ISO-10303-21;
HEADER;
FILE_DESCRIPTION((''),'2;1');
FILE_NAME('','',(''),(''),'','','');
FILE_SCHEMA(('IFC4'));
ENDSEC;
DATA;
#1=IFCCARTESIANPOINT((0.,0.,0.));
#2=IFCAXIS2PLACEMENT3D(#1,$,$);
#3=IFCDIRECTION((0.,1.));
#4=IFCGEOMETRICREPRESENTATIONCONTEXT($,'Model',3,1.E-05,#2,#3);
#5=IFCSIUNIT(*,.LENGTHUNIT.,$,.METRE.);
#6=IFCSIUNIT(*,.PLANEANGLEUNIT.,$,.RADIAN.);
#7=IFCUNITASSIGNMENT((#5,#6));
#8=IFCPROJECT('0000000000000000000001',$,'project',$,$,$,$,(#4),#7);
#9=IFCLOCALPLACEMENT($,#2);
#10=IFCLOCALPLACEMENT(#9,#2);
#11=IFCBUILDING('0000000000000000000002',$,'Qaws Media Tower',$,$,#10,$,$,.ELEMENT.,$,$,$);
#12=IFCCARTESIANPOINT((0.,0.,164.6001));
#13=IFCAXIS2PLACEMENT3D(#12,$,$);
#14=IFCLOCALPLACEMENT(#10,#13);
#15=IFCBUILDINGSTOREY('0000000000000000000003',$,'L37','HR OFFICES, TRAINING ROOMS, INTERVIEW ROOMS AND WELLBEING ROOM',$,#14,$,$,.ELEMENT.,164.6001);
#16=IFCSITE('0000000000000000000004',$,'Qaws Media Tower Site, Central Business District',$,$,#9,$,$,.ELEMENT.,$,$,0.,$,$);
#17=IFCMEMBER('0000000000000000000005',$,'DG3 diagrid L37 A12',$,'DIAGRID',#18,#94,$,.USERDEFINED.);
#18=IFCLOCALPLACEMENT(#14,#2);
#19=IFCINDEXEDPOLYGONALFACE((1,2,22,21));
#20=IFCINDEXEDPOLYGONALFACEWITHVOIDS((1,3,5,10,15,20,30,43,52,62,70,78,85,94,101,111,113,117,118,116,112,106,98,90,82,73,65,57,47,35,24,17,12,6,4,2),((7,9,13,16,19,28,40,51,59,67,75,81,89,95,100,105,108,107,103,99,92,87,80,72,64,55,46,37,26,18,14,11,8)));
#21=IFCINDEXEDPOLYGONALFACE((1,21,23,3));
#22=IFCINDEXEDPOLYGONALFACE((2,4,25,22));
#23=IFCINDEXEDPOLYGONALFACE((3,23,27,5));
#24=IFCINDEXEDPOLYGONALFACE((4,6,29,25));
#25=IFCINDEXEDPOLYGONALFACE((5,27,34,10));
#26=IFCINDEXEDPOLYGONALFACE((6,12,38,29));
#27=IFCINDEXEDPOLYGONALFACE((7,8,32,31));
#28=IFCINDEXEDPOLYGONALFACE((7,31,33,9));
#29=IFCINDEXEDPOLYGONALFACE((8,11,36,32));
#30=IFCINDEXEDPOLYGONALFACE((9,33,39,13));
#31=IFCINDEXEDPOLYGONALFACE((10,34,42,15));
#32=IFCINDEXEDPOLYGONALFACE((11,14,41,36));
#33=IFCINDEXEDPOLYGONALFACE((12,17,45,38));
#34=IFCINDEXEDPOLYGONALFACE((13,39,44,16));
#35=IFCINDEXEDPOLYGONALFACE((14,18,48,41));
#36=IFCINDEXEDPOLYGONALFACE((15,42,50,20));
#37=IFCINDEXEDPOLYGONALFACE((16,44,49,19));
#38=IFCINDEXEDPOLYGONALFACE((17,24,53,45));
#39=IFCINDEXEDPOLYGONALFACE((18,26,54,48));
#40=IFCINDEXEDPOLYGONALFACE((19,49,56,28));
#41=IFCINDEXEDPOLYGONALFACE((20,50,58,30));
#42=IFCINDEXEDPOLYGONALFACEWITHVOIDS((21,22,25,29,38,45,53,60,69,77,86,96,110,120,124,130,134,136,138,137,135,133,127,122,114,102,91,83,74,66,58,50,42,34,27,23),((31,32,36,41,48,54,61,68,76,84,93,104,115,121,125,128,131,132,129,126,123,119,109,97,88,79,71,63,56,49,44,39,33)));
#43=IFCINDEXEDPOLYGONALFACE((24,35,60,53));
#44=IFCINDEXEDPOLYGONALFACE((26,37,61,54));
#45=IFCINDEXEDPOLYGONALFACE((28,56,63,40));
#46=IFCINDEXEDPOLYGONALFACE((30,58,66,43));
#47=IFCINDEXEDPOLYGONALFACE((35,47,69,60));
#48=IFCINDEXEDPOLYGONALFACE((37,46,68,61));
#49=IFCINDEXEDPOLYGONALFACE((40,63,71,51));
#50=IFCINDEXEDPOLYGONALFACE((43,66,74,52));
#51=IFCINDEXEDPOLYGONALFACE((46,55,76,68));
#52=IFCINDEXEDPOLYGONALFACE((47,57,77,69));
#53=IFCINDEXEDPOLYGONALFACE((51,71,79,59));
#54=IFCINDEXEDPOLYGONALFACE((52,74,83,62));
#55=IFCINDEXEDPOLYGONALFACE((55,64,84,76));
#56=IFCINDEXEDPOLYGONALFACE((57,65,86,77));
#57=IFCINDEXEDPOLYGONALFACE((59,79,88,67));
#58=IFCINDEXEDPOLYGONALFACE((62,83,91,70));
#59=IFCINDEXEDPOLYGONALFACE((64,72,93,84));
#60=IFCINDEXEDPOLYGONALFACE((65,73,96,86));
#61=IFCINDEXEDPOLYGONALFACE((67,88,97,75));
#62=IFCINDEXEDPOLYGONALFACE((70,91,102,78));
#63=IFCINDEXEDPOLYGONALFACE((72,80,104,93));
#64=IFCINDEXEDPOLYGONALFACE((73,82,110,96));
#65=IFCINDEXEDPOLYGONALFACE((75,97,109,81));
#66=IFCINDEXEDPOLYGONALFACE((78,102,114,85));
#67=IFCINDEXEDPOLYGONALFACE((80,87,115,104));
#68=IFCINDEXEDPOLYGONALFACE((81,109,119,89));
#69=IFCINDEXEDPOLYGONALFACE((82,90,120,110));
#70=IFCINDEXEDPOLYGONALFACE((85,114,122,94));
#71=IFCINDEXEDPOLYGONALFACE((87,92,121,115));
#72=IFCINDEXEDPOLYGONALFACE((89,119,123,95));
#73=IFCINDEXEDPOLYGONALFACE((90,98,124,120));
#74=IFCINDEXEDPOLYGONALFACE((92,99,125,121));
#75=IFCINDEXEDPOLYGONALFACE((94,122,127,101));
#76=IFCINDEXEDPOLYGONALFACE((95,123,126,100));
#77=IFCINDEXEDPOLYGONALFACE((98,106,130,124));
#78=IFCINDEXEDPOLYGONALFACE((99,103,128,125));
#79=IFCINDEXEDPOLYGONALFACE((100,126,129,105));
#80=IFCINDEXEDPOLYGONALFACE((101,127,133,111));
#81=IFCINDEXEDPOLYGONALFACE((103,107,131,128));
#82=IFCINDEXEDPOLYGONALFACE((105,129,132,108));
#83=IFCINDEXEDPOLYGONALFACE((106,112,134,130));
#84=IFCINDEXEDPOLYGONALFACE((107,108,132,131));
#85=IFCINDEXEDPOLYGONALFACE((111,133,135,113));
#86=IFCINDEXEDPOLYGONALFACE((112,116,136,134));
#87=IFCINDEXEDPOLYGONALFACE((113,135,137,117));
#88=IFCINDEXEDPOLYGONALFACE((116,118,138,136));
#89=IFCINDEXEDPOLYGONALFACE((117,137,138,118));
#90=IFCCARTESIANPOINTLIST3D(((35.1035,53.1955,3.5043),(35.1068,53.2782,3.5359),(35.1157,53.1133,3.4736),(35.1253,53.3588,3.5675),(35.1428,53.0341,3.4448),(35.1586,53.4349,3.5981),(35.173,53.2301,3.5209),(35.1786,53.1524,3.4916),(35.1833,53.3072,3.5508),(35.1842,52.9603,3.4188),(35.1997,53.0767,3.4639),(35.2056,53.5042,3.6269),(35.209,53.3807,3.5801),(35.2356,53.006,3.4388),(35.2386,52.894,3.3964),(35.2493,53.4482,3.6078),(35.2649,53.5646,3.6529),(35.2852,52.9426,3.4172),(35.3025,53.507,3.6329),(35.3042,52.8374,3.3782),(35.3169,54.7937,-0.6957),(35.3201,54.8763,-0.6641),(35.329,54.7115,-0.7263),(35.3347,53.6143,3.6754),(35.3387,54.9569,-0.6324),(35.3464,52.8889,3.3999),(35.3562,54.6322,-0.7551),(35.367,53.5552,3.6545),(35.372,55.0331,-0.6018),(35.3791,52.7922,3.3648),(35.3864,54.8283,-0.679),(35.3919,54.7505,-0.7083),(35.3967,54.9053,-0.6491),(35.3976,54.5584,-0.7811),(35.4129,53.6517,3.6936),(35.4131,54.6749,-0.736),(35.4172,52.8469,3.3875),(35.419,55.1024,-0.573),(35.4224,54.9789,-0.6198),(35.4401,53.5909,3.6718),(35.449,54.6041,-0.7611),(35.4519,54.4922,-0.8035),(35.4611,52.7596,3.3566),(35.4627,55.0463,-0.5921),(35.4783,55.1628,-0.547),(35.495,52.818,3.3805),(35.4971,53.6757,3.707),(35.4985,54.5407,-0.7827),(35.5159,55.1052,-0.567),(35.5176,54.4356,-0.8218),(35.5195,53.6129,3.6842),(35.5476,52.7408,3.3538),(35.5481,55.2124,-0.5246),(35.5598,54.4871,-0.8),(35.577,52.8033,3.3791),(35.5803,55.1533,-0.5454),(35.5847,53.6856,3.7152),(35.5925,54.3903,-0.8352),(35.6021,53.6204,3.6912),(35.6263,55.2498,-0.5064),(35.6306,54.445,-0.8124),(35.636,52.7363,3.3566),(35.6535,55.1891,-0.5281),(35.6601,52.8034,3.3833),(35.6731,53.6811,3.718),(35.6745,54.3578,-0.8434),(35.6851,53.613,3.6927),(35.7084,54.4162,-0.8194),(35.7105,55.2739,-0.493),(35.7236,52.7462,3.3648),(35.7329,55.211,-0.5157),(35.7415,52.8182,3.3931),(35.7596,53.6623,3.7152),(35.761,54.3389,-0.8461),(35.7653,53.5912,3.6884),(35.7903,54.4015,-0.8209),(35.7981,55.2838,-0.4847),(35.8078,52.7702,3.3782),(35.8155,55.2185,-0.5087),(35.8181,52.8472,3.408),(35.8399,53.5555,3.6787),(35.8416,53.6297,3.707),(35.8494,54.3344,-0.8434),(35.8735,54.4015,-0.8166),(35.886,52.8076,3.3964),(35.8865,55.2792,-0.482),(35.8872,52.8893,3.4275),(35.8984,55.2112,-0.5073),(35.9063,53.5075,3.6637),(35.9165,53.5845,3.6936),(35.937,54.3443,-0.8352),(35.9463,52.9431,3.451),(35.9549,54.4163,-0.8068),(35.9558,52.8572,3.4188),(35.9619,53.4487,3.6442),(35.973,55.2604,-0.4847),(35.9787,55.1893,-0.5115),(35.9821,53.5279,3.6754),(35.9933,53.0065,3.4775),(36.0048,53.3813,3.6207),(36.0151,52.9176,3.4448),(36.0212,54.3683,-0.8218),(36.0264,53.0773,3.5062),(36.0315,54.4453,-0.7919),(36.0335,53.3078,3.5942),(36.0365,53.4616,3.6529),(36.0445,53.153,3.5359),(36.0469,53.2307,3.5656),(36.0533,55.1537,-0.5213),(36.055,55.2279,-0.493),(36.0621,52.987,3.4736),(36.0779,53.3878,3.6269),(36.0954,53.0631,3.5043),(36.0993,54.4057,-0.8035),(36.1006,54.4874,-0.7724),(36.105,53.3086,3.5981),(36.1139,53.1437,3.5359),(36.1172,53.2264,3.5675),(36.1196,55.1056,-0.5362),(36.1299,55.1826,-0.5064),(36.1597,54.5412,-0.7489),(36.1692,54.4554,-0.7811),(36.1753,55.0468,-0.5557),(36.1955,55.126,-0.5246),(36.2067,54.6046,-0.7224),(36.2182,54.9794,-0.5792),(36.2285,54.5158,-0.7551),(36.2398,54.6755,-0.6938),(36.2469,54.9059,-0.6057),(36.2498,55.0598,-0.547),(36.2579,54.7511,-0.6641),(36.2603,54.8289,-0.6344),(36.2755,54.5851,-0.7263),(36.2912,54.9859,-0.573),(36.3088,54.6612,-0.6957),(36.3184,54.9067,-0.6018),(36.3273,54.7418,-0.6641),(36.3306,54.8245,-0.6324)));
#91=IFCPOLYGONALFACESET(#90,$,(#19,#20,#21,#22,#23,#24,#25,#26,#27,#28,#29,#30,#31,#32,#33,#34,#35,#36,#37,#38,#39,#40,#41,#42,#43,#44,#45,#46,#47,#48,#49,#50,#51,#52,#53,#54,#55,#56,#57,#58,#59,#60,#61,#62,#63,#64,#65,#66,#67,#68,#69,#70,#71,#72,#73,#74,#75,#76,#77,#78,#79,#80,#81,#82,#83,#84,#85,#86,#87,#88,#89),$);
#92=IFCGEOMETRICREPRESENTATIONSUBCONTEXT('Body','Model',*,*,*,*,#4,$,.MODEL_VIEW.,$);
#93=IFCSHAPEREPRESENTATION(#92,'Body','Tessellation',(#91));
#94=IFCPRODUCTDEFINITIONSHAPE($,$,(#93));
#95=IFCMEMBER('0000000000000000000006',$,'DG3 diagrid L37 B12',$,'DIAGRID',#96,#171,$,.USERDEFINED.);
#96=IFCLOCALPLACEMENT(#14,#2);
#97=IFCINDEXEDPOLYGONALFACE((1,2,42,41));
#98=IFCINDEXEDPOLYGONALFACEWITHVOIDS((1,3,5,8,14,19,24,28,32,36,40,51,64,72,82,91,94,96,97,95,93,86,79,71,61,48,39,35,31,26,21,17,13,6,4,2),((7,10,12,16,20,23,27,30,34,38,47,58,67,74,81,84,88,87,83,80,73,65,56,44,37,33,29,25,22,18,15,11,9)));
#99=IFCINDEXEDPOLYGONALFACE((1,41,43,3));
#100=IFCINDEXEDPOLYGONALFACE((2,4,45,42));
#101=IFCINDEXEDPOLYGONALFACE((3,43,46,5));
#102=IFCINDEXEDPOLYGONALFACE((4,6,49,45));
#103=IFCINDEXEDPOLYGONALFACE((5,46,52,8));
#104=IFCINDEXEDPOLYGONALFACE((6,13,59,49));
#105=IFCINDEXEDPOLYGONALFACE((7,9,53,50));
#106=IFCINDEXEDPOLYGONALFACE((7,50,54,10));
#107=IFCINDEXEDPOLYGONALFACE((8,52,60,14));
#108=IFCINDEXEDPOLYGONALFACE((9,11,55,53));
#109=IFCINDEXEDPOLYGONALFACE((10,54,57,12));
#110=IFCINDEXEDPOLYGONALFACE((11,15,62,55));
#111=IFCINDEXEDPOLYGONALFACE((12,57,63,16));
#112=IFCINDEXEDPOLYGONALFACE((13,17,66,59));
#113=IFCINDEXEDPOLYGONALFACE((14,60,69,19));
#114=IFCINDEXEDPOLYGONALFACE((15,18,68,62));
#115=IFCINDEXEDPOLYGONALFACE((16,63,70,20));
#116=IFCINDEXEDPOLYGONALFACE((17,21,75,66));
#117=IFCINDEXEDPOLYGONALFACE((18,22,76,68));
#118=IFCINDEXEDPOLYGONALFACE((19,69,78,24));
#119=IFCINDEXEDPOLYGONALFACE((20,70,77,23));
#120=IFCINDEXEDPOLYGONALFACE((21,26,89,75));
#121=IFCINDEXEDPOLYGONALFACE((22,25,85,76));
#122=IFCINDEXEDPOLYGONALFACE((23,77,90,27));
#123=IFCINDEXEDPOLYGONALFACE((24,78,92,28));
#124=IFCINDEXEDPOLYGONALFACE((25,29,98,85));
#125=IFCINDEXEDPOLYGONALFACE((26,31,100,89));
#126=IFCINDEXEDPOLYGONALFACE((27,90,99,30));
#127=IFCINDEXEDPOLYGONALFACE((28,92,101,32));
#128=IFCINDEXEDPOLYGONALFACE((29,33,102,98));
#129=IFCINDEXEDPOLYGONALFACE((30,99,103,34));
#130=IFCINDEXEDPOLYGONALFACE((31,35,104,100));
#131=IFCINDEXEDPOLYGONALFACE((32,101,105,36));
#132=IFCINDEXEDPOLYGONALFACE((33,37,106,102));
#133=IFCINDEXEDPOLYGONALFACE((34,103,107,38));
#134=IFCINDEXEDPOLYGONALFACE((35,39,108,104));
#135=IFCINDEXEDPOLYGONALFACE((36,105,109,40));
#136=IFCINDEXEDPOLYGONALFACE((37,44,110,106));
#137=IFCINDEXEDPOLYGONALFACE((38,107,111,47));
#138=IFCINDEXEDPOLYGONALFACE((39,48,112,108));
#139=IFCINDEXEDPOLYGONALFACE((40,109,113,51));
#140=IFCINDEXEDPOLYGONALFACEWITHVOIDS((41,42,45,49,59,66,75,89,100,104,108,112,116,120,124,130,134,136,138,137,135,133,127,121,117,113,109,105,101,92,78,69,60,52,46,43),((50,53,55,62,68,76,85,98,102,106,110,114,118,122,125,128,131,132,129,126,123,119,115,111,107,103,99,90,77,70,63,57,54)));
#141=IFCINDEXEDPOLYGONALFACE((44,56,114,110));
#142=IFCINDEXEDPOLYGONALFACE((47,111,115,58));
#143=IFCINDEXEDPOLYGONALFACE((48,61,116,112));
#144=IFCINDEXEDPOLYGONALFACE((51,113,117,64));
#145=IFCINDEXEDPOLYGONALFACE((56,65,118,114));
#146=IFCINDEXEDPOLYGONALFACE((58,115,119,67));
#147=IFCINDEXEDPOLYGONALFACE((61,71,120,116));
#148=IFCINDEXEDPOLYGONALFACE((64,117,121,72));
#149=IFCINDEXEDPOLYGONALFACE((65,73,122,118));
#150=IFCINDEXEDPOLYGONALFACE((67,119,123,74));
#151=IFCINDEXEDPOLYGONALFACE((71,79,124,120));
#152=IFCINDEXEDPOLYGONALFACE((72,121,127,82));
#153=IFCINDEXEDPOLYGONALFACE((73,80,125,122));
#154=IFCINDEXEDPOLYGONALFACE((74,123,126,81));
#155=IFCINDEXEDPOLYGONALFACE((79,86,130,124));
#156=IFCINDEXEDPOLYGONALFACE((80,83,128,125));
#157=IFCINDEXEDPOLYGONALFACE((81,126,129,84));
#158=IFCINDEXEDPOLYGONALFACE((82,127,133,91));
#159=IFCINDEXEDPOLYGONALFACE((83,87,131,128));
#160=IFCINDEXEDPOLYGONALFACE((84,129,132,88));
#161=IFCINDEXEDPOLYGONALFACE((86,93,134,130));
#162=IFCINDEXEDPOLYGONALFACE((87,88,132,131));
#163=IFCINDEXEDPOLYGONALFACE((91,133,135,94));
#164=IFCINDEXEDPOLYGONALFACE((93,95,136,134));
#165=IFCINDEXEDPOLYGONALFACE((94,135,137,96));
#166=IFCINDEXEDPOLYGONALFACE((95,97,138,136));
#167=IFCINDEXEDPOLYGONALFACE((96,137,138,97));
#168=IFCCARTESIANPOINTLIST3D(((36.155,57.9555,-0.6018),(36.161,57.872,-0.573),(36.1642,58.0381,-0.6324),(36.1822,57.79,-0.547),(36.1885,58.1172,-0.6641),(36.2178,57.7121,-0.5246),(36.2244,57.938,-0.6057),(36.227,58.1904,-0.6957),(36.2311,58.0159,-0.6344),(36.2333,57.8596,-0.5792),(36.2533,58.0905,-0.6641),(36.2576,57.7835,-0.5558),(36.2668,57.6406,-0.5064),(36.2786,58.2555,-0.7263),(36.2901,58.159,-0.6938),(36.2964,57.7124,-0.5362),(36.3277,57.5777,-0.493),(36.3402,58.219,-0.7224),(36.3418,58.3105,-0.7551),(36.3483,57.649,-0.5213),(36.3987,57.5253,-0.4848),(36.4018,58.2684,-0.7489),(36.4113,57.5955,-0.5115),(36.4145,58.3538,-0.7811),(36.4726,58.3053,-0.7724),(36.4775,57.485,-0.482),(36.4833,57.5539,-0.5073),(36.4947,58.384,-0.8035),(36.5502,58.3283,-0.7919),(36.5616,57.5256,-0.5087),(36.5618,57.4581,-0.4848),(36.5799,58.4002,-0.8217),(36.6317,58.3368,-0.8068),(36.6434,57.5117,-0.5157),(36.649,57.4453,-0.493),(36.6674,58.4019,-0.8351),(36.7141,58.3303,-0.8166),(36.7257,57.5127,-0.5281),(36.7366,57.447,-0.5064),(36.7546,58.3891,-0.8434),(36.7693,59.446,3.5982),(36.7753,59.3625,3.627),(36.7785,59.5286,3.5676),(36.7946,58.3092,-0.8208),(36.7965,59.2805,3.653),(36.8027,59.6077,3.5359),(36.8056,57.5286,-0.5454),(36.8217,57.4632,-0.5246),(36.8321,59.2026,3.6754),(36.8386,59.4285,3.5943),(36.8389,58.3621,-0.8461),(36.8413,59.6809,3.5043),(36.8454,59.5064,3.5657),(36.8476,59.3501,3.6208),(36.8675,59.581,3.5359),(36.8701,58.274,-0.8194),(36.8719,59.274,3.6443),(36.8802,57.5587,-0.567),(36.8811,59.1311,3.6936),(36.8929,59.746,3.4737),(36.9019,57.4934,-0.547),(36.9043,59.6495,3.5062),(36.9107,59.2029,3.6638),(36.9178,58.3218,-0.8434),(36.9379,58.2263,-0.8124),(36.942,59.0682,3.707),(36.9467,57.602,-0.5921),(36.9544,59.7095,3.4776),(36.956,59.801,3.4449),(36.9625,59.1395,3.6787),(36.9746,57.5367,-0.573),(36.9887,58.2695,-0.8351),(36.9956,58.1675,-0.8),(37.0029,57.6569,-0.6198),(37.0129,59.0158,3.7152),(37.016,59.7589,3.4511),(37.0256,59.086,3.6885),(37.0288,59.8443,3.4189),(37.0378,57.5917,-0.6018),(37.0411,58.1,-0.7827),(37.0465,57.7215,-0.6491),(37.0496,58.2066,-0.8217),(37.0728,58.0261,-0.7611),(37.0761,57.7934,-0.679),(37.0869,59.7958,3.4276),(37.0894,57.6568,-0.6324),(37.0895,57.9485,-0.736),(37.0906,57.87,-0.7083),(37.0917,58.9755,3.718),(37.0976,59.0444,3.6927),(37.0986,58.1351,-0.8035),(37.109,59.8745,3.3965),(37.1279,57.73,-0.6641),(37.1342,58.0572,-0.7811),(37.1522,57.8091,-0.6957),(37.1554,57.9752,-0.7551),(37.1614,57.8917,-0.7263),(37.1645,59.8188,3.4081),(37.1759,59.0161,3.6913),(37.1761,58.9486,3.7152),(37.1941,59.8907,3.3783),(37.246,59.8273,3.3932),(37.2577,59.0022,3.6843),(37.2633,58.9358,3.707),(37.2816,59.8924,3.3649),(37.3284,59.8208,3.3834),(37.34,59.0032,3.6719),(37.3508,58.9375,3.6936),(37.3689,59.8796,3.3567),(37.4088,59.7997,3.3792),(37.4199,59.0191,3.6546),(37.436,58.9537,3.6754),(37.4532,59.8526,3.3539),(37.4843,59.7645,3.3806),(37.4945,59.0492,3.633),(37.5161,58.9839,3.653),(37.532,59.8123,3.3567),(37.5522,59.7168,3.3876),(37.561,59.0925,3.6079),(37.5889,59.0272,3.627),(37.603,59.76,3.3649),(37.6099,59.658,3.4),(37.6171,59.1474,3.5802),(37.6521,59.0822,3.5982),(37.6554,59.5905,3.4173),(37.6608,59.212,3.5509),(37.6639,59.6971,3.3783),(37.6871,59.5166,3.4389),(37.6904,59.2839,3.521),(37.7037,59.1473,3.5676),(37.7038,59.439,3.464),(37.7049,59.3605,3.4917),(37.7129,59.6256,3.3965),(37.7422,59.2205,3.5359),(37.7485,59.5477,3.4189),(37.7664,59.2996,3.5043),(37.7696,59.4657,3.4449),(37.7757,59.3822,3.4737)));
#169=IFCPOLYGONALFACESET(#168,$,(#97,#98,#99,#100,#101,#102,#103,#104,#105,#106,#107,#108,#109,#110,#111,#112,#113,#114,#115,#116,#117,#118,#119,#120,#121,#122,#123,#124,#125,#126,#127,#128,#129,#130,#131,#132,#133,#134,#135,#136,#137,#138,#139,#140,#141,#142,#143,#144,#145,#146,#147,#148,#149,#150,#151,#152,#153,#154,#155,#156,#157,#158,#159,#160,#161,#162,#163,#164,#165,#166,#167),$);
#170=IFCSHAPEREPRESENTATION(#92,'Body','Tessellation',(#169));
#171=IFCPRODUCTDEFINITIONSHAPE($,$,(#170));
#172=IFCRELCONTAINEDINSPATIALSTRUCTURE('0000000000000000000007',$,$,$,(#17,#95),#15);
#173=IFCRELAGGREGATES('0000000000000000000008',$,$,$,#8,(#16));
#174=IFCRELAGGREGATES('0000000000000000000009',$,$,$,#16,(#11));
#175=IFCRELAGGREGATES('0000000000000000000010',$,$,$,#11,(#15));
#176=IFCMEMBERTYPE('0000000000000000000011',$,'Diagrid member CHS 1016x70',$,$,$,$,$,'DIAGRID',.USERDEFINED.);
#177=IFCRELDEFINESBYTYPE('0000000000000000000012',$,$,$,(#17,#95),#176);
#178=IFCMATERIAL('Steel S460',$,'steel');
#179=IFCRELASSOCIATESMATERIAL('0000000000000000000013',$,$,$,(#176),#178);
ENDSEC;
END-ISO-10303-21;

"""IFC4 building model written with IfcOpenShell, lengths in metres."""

from ifc_helpers import new_model, si_unit, direction, frame, origin, origin_2d, place, context, subcontext, project, spatial, hollow_circle, extrude, material, material_profile, profile_set, type_object, element, save


model = new_model("IFC4")

# Units and contexts
model_context = context("Model", 3, precision=1e-05, world=origin(), true_north=direction((0.0, 1.0)))
body_context = subcontext(model_context, "Body", "Model", "MODEL_VIEW")
ifc_project = project(units=[si_unit("LENGTHUNIT", "METRE"), si_unit("PLANEANGLEUNIT", "RADIAN")], contexts=[model_context])

# Site, building, storey
site_placement = place(None, origin())
site = spatial("IfcSite", under=ifc_project, at=site_placement, Name="Qaws Media Tower Site, Central Business District", CompositionType="ELEMENT", RefElevation=0.0)
building_placement = place(site_placement, origin())
building = spatial("IfcBuilding", under=site, at=building_placement, Name="Qaws Media Tower", CompositionType="ELEMENT")
storey_placement = place(building_placement, frame((0.0, 0.0, 164.6001)))
storey = spatial("IfcBuildingStorey", under=building, at=storey_placement, Name="L37", Description="HR OFFICES, TRAINING ROOMS, INTERVIEW ROOMS AND WELLBEING ROOM", CompositionType="ELEMENT", Elevation=164.6001)

# Members
ifc_material_1 = material(Name="Steel S460", Category="steel")
ifc_material_profile_1 = material_profile(ifc_material_1, hollow_circle(Radius=0.5081, WallThickness=0.0701, at=origin_2d()), Name="CHS 1016x70")
ifc_profile_set_1 = profile_set([ifc_material_profile_1], Name="Steel S460")
member_type_1 = type_object("IfcMemberType", Name="Diagrid member CHS 1016x70", ElementType="DIAGRID", PredefinedType="USERDEFINED", material=ifc_profile_set_1)
for number, where, z_axis, x_axis, name in (
    (1, (35.8237, 54.8091, -0.6641), (-0.04743, -0.355238, 0.933572), (0.991204, -0.132342, 0.0), "DG3 diagrid L37 A12"),
    (2, (36.6582, 57.9236, -0.6641), (0.136541, 0.331312, 0.933589), (-0.924562, 0.381032, 0.0), "DG3 diagrid L37 B12"),
):
    element("IfcMember", number, at=place(storey_placement, frame(where, z_axis=z_axis, x_axis=x_axis)), inside=storey, type_object=member_type_1, Name=name, ObjectType="DIAGRID", PredefinedType="USERDEFINED", context=body_context, shape_type="SweptSolid", body=[
        extrude(hollow_circle(Radius=0.5081, WallThickness=0.0701, at=origin_2d()), origin(), (0.0, 0.0, 1.0), 4.4988),
    ])

save(model, "model.ifc")
